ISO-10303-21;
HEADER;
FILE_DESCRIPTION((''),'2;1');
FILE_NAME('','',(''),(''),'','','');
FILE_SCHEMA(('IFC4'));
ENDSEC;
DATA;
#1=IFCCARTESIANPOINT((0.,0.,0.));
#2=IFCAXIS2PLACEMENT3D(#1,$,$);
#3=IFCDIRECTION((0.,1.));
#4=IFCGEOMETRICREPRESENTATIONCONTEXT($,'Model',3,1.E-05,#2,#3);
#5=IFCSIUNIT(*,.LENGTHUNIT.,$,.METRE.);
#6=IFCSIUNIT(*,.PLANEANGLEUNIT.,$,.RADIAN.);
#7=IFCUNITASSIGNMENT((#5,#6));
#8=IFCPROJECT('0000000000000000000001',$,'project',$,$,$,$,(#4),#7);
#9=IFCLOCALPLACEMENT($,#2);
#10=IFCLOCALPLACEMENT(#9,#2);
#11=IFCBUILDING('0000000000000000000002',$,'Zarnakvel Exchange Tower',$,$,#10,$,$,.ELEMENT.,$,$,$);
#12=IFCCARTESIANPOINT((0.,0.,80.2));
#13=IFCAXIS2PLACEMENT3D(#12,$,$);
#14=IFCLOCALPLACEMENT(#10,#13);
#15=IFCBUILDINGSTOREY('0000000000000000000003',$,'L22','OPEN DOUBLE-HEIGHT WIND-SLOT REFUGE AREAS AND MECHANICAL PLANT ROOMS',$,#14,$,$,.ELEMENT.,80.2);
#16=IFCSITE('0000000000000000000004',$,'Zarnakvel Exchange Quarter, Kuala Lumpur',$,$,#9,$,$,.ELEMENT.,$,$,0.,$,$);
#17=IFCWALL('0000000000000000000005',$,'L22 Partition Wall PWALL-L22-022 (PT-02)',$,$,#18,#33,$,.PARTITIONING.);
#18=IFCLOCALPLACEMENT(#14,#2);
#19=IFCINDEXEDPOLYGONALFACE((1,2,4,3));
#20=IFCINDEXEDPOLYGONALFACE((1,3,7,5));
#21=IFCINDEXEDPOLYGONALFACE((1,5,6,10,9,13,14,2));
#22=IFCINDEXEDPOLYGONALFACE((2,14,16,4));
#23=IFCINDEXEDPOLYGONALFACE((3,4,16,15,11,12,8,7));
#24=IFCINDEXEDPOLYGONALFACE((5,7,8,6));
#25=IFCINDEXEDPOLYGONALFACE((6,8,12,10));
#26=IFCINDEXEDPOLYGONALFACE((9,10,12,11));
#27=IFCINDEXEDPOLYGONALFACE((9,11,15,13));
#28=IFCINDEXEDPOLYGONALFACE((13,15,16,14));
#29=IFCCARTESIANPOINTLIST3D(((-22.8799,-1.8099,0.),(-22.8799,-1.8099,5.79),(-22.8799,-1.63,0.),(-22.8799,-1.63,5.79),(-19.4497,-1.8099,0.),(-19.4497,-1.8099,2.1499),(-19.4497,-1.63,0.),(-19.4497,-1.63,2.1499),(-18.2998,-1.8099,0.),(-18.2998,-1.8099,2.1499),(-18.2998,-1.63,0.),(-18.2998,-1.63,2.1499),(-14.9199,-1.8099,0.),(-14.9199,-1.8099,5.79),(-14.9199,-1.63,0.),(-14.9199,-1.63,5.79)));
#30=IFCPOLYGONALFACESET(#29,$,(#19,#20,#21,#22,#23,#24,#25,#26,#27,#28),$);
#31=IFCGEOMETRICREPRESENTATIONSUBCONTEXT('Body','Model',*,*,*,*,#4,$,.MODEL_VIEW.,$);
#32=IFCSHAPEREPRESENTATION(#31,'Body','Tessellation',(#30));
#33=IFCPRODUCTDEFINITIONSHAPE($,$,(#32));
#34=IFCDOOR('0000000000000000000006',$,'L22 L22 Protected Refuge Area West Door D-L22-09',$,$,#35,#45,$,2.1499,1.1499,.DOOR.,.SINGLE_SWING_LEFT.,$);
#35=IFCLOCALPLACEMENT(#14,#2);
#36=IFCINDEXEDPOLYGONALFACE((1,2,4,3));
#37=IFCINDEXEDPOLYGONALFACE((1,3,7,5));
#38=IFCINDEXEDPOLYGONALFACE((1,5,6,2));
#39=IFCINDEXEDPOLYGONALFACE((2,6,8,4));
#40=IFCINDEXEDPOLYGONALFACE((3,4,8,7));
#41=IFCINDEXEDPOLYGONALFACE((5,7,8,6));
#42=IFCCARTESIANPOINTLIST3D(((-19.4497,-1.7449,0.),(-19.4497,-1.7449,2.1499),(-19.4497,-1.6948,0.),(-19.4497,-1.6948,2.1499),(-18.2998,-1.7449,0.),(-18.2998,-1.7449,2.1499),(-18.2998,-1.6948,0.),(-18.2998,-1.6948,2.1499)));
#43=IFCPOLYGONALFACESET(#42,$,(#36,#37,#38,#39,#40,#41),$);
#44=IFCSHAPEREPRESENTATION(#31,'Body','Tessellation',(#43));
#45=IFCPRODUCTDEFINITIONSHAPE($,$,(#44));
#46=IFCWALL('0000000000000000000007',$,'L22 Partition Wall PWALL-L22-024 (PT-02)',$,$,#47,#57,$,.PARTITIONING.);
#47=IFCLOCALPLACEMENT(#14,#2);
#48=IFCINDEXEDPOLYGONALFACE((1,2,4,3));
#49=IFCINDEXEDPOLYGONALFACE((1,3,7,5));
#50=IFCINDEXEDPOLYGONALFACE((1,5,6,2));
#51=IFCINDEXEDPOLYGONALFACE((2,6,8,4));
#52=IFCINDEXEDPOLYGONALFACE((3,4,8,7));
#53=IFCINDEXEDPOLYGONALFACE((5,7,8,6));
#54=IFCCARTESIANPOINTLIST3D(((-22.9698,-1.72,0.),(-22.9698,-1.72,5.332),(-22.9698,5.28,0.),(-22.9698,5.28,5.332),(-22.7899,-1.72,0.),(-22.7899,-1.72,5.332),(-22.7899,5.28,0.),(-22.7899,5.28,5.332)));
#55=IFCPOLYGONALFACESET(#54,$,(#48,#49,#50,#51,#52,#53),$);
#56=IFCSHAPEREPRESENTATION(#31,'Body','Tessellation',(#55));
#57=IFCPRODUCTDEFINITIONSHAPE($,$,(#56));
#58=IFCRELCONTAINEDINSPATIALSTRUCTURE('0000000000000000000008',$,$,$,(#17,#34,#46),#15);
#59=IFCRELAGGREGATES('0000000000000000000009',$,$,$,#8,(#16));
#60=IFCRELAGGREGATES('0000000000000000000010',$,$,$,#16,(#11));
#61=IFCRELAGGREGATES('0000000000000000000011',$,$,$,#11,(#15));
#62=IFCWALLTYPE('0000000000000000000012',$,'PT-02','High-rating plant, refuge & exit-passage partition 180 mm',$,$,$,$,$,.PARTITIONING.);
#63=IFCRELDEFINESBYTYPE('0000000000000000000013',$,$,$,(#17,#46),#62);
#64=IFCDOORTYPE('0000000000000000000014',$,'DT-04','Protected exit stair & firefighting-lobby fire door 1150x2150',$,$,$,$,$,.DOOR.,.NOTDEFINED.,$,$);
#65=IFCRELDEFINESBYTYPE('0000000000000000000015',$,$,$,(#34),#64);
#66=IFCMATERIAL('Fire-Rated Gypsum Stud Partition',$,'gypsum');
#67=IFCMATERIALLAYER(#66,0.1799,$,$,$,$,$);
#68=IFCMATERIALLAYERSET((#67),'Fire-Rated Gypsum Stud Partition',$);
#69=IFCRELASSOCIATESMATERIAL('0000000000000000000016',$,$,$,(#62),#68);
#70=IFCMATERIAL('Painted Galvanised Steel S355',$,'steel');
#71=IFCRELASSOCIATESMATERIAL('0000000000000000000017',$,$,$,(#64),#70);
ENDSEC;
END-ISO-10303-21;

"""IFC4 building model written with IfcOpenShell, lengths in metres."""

from ifc_helpers import new_model, si_unit, direction, frame, frame_2d, origin, place, context, subcontext, project, spatial, rectangle, extrude, source, transform, mapped, material, layer, layer_set, type_object, element, fill, save


model = new_model("IFC4")

# Units and contexts
model_context = context("Model", 3, precision=1e-05, world=origin(), true_north=direction((0.0, 1.0)))
body_context = subcontext(model_context, "Body", "Model", "MODEL_VIEW")
ifc_project = project(units=[si_unit("LENGTHUNIT", "METRE"), si_unit("PLANEANGLEUNIT", "RADIAN")], contexts=[model_context])

# Site, building, storey
site_placement = place(None, origin())
site = spatial("IfcSite", under=ifc_project, at=site_placement, Name="Zarnakvel Exchange Quarter, Kuala Lumpur", CompositionType="ELEMENT", RefElevation=0.0)
building_placement = place(site_placement, origin())
building = spatial("IfcBuilding", under=site, at=building_placement, Name="Zarnakvel Exchange Tower", CompositionType="ELEMENT")
storey_placement = place(building_placement, frame((0.0, 0.0, 80.2)))
storey = spatial("IfcBuildingStorey", under=building, at=storey_placement, Name="L22", Description="OPEN DOUBLE-HEIGHT WIND-SLOT REFUGE AREAS AND MECHANICAL PLANT ROOMS", CompositionType="ELEMENT", Elevation=80.2)

# Wall, opening, door
ifc_material_1 = material(Name="Fire-Rated Gypsum Stud Partition", Category="gypsum")
ifc_layer = layer(ifc_material_1, 0.1799)
ifc_layer_set = layer_set([ifc_layer], Name="Fire-Rated Gypsum Stud Partition")
wall_type = type_object("IfcWallType", Name="PT-02", Description="High-rating plant, refuge & exit-passage partition 180 mm", PredefinedType="PARTITIONING", material=ifc_layer_set)
wall_1_placement = place(storey_placement, frame((-14.9199, -1.72, 0.0), z_axis=(0.0, 0.0, 1.0), x_axis=(-1.0, 0.0, 0.0)))
wall_1 = element("IfcWall", 1, at=wall_1_placement, inside=storey, type_object=wall_type, Name="L22 Partition Wall PWALL-L22-022 (PT-02)", PredefinedType="PARTITIONING", context=body_context, shape_type="SweptSolid", body=[
    extrude(rectangle(XDim=7.96, YDim=0.1799, at=frame_2d((3.98, 0.0))), origin(), (0.0, 0.0, 1.0), 5.79),
])
opening_placement = place(wall_1_placement, frame((3.3799, 0.0, 0.0)))
opening = element("IfcOpeningElement", 2, at=opening_placement, cuts=wall_1, PredefinedType="OPENING", context=body_context, shape_type="SweptSolid", body=[
    extrude(rectangle(XDim=1.1499, YDim=2.1499, at=frame_2d((0.575, 1.075))), frame((0.0, 0.0999, 0.0), z_axis=(0.0, -1.0, 0.0), x_axis=(1.0, 0.0, 0.0)), (0.0, 0.0, 1.0), 0.2),
])
ifc_material_2 = material(Name="Painted Galvanised Steel S355", Category="steel")
door_type = type_object("IfcDoorType", Name="DT-04", Description="Protected exit stair & firefighting-lobby fire door 1150x2150", OperationType="NOTDEFINED", PredefinedType="DOOR", material=ifc_material_2)
shared_shape_1 = source(origin(), body_context, "Body", "SweptSolid", [
    extrude(rectangle(XDim=1.1499, YDim=2.1499, at=frame_2d((0.575, 1.075))), frame((0.0, 0.0249, 0.0), z_axis=(0.0, -1.0, 0.0), x_axis=(1.0, 0.0, 0.0)), (0.0, 0.0, 1.0), 0.05),
])
door_placement = place(opening_placement, origin())
door = element("IfcDoor", 3, at=door_placement, inside=storey, type_object=door_type, Name="L22 L22 Protected Refuge Area West Door D-L22-09", OperationType="SINGLE_SWING_LEFT", OverallHeight=2.1499, OverallWidth=1.1499, PredefinedType="DOOR", context=body_context, shape_type="MappedRepresentation", body=[
    mapped(shared_shape_1, transform((0.0, 0.0, 0.0), x_axis=(1.0, 0.0, 0.0), y_axis=(0.0, 1.0, 0.0), z_axis=(0.0, 0.0, 1.0), scale=1.0)),
])
fill(opening, door)

# Wall
wall_2_placement = place(storey_placement, frame((-22.8799, -1.72, 0.0), z_axis=(0.0, 0.0, 1.0), x_axis=(0.0, 1.0, 0.0)))
element("IfcWall", 4, at=wall_2_placement, inside=storey, type_object=wall_type, Name="L22 Partition Wall PWALL-L22-024 (PT-02)", PredefinedType="PARTITIONING", context=body_context, shape_type="SweptSolid", body=[
    extrude(rectangle(XDim=7.0, YDim=0.1799, at=frame_2d((3.5, 0.0))), origin(), (0.0, 0.0, 1.0), 5.332),
])

save(model, "model.ifc")
